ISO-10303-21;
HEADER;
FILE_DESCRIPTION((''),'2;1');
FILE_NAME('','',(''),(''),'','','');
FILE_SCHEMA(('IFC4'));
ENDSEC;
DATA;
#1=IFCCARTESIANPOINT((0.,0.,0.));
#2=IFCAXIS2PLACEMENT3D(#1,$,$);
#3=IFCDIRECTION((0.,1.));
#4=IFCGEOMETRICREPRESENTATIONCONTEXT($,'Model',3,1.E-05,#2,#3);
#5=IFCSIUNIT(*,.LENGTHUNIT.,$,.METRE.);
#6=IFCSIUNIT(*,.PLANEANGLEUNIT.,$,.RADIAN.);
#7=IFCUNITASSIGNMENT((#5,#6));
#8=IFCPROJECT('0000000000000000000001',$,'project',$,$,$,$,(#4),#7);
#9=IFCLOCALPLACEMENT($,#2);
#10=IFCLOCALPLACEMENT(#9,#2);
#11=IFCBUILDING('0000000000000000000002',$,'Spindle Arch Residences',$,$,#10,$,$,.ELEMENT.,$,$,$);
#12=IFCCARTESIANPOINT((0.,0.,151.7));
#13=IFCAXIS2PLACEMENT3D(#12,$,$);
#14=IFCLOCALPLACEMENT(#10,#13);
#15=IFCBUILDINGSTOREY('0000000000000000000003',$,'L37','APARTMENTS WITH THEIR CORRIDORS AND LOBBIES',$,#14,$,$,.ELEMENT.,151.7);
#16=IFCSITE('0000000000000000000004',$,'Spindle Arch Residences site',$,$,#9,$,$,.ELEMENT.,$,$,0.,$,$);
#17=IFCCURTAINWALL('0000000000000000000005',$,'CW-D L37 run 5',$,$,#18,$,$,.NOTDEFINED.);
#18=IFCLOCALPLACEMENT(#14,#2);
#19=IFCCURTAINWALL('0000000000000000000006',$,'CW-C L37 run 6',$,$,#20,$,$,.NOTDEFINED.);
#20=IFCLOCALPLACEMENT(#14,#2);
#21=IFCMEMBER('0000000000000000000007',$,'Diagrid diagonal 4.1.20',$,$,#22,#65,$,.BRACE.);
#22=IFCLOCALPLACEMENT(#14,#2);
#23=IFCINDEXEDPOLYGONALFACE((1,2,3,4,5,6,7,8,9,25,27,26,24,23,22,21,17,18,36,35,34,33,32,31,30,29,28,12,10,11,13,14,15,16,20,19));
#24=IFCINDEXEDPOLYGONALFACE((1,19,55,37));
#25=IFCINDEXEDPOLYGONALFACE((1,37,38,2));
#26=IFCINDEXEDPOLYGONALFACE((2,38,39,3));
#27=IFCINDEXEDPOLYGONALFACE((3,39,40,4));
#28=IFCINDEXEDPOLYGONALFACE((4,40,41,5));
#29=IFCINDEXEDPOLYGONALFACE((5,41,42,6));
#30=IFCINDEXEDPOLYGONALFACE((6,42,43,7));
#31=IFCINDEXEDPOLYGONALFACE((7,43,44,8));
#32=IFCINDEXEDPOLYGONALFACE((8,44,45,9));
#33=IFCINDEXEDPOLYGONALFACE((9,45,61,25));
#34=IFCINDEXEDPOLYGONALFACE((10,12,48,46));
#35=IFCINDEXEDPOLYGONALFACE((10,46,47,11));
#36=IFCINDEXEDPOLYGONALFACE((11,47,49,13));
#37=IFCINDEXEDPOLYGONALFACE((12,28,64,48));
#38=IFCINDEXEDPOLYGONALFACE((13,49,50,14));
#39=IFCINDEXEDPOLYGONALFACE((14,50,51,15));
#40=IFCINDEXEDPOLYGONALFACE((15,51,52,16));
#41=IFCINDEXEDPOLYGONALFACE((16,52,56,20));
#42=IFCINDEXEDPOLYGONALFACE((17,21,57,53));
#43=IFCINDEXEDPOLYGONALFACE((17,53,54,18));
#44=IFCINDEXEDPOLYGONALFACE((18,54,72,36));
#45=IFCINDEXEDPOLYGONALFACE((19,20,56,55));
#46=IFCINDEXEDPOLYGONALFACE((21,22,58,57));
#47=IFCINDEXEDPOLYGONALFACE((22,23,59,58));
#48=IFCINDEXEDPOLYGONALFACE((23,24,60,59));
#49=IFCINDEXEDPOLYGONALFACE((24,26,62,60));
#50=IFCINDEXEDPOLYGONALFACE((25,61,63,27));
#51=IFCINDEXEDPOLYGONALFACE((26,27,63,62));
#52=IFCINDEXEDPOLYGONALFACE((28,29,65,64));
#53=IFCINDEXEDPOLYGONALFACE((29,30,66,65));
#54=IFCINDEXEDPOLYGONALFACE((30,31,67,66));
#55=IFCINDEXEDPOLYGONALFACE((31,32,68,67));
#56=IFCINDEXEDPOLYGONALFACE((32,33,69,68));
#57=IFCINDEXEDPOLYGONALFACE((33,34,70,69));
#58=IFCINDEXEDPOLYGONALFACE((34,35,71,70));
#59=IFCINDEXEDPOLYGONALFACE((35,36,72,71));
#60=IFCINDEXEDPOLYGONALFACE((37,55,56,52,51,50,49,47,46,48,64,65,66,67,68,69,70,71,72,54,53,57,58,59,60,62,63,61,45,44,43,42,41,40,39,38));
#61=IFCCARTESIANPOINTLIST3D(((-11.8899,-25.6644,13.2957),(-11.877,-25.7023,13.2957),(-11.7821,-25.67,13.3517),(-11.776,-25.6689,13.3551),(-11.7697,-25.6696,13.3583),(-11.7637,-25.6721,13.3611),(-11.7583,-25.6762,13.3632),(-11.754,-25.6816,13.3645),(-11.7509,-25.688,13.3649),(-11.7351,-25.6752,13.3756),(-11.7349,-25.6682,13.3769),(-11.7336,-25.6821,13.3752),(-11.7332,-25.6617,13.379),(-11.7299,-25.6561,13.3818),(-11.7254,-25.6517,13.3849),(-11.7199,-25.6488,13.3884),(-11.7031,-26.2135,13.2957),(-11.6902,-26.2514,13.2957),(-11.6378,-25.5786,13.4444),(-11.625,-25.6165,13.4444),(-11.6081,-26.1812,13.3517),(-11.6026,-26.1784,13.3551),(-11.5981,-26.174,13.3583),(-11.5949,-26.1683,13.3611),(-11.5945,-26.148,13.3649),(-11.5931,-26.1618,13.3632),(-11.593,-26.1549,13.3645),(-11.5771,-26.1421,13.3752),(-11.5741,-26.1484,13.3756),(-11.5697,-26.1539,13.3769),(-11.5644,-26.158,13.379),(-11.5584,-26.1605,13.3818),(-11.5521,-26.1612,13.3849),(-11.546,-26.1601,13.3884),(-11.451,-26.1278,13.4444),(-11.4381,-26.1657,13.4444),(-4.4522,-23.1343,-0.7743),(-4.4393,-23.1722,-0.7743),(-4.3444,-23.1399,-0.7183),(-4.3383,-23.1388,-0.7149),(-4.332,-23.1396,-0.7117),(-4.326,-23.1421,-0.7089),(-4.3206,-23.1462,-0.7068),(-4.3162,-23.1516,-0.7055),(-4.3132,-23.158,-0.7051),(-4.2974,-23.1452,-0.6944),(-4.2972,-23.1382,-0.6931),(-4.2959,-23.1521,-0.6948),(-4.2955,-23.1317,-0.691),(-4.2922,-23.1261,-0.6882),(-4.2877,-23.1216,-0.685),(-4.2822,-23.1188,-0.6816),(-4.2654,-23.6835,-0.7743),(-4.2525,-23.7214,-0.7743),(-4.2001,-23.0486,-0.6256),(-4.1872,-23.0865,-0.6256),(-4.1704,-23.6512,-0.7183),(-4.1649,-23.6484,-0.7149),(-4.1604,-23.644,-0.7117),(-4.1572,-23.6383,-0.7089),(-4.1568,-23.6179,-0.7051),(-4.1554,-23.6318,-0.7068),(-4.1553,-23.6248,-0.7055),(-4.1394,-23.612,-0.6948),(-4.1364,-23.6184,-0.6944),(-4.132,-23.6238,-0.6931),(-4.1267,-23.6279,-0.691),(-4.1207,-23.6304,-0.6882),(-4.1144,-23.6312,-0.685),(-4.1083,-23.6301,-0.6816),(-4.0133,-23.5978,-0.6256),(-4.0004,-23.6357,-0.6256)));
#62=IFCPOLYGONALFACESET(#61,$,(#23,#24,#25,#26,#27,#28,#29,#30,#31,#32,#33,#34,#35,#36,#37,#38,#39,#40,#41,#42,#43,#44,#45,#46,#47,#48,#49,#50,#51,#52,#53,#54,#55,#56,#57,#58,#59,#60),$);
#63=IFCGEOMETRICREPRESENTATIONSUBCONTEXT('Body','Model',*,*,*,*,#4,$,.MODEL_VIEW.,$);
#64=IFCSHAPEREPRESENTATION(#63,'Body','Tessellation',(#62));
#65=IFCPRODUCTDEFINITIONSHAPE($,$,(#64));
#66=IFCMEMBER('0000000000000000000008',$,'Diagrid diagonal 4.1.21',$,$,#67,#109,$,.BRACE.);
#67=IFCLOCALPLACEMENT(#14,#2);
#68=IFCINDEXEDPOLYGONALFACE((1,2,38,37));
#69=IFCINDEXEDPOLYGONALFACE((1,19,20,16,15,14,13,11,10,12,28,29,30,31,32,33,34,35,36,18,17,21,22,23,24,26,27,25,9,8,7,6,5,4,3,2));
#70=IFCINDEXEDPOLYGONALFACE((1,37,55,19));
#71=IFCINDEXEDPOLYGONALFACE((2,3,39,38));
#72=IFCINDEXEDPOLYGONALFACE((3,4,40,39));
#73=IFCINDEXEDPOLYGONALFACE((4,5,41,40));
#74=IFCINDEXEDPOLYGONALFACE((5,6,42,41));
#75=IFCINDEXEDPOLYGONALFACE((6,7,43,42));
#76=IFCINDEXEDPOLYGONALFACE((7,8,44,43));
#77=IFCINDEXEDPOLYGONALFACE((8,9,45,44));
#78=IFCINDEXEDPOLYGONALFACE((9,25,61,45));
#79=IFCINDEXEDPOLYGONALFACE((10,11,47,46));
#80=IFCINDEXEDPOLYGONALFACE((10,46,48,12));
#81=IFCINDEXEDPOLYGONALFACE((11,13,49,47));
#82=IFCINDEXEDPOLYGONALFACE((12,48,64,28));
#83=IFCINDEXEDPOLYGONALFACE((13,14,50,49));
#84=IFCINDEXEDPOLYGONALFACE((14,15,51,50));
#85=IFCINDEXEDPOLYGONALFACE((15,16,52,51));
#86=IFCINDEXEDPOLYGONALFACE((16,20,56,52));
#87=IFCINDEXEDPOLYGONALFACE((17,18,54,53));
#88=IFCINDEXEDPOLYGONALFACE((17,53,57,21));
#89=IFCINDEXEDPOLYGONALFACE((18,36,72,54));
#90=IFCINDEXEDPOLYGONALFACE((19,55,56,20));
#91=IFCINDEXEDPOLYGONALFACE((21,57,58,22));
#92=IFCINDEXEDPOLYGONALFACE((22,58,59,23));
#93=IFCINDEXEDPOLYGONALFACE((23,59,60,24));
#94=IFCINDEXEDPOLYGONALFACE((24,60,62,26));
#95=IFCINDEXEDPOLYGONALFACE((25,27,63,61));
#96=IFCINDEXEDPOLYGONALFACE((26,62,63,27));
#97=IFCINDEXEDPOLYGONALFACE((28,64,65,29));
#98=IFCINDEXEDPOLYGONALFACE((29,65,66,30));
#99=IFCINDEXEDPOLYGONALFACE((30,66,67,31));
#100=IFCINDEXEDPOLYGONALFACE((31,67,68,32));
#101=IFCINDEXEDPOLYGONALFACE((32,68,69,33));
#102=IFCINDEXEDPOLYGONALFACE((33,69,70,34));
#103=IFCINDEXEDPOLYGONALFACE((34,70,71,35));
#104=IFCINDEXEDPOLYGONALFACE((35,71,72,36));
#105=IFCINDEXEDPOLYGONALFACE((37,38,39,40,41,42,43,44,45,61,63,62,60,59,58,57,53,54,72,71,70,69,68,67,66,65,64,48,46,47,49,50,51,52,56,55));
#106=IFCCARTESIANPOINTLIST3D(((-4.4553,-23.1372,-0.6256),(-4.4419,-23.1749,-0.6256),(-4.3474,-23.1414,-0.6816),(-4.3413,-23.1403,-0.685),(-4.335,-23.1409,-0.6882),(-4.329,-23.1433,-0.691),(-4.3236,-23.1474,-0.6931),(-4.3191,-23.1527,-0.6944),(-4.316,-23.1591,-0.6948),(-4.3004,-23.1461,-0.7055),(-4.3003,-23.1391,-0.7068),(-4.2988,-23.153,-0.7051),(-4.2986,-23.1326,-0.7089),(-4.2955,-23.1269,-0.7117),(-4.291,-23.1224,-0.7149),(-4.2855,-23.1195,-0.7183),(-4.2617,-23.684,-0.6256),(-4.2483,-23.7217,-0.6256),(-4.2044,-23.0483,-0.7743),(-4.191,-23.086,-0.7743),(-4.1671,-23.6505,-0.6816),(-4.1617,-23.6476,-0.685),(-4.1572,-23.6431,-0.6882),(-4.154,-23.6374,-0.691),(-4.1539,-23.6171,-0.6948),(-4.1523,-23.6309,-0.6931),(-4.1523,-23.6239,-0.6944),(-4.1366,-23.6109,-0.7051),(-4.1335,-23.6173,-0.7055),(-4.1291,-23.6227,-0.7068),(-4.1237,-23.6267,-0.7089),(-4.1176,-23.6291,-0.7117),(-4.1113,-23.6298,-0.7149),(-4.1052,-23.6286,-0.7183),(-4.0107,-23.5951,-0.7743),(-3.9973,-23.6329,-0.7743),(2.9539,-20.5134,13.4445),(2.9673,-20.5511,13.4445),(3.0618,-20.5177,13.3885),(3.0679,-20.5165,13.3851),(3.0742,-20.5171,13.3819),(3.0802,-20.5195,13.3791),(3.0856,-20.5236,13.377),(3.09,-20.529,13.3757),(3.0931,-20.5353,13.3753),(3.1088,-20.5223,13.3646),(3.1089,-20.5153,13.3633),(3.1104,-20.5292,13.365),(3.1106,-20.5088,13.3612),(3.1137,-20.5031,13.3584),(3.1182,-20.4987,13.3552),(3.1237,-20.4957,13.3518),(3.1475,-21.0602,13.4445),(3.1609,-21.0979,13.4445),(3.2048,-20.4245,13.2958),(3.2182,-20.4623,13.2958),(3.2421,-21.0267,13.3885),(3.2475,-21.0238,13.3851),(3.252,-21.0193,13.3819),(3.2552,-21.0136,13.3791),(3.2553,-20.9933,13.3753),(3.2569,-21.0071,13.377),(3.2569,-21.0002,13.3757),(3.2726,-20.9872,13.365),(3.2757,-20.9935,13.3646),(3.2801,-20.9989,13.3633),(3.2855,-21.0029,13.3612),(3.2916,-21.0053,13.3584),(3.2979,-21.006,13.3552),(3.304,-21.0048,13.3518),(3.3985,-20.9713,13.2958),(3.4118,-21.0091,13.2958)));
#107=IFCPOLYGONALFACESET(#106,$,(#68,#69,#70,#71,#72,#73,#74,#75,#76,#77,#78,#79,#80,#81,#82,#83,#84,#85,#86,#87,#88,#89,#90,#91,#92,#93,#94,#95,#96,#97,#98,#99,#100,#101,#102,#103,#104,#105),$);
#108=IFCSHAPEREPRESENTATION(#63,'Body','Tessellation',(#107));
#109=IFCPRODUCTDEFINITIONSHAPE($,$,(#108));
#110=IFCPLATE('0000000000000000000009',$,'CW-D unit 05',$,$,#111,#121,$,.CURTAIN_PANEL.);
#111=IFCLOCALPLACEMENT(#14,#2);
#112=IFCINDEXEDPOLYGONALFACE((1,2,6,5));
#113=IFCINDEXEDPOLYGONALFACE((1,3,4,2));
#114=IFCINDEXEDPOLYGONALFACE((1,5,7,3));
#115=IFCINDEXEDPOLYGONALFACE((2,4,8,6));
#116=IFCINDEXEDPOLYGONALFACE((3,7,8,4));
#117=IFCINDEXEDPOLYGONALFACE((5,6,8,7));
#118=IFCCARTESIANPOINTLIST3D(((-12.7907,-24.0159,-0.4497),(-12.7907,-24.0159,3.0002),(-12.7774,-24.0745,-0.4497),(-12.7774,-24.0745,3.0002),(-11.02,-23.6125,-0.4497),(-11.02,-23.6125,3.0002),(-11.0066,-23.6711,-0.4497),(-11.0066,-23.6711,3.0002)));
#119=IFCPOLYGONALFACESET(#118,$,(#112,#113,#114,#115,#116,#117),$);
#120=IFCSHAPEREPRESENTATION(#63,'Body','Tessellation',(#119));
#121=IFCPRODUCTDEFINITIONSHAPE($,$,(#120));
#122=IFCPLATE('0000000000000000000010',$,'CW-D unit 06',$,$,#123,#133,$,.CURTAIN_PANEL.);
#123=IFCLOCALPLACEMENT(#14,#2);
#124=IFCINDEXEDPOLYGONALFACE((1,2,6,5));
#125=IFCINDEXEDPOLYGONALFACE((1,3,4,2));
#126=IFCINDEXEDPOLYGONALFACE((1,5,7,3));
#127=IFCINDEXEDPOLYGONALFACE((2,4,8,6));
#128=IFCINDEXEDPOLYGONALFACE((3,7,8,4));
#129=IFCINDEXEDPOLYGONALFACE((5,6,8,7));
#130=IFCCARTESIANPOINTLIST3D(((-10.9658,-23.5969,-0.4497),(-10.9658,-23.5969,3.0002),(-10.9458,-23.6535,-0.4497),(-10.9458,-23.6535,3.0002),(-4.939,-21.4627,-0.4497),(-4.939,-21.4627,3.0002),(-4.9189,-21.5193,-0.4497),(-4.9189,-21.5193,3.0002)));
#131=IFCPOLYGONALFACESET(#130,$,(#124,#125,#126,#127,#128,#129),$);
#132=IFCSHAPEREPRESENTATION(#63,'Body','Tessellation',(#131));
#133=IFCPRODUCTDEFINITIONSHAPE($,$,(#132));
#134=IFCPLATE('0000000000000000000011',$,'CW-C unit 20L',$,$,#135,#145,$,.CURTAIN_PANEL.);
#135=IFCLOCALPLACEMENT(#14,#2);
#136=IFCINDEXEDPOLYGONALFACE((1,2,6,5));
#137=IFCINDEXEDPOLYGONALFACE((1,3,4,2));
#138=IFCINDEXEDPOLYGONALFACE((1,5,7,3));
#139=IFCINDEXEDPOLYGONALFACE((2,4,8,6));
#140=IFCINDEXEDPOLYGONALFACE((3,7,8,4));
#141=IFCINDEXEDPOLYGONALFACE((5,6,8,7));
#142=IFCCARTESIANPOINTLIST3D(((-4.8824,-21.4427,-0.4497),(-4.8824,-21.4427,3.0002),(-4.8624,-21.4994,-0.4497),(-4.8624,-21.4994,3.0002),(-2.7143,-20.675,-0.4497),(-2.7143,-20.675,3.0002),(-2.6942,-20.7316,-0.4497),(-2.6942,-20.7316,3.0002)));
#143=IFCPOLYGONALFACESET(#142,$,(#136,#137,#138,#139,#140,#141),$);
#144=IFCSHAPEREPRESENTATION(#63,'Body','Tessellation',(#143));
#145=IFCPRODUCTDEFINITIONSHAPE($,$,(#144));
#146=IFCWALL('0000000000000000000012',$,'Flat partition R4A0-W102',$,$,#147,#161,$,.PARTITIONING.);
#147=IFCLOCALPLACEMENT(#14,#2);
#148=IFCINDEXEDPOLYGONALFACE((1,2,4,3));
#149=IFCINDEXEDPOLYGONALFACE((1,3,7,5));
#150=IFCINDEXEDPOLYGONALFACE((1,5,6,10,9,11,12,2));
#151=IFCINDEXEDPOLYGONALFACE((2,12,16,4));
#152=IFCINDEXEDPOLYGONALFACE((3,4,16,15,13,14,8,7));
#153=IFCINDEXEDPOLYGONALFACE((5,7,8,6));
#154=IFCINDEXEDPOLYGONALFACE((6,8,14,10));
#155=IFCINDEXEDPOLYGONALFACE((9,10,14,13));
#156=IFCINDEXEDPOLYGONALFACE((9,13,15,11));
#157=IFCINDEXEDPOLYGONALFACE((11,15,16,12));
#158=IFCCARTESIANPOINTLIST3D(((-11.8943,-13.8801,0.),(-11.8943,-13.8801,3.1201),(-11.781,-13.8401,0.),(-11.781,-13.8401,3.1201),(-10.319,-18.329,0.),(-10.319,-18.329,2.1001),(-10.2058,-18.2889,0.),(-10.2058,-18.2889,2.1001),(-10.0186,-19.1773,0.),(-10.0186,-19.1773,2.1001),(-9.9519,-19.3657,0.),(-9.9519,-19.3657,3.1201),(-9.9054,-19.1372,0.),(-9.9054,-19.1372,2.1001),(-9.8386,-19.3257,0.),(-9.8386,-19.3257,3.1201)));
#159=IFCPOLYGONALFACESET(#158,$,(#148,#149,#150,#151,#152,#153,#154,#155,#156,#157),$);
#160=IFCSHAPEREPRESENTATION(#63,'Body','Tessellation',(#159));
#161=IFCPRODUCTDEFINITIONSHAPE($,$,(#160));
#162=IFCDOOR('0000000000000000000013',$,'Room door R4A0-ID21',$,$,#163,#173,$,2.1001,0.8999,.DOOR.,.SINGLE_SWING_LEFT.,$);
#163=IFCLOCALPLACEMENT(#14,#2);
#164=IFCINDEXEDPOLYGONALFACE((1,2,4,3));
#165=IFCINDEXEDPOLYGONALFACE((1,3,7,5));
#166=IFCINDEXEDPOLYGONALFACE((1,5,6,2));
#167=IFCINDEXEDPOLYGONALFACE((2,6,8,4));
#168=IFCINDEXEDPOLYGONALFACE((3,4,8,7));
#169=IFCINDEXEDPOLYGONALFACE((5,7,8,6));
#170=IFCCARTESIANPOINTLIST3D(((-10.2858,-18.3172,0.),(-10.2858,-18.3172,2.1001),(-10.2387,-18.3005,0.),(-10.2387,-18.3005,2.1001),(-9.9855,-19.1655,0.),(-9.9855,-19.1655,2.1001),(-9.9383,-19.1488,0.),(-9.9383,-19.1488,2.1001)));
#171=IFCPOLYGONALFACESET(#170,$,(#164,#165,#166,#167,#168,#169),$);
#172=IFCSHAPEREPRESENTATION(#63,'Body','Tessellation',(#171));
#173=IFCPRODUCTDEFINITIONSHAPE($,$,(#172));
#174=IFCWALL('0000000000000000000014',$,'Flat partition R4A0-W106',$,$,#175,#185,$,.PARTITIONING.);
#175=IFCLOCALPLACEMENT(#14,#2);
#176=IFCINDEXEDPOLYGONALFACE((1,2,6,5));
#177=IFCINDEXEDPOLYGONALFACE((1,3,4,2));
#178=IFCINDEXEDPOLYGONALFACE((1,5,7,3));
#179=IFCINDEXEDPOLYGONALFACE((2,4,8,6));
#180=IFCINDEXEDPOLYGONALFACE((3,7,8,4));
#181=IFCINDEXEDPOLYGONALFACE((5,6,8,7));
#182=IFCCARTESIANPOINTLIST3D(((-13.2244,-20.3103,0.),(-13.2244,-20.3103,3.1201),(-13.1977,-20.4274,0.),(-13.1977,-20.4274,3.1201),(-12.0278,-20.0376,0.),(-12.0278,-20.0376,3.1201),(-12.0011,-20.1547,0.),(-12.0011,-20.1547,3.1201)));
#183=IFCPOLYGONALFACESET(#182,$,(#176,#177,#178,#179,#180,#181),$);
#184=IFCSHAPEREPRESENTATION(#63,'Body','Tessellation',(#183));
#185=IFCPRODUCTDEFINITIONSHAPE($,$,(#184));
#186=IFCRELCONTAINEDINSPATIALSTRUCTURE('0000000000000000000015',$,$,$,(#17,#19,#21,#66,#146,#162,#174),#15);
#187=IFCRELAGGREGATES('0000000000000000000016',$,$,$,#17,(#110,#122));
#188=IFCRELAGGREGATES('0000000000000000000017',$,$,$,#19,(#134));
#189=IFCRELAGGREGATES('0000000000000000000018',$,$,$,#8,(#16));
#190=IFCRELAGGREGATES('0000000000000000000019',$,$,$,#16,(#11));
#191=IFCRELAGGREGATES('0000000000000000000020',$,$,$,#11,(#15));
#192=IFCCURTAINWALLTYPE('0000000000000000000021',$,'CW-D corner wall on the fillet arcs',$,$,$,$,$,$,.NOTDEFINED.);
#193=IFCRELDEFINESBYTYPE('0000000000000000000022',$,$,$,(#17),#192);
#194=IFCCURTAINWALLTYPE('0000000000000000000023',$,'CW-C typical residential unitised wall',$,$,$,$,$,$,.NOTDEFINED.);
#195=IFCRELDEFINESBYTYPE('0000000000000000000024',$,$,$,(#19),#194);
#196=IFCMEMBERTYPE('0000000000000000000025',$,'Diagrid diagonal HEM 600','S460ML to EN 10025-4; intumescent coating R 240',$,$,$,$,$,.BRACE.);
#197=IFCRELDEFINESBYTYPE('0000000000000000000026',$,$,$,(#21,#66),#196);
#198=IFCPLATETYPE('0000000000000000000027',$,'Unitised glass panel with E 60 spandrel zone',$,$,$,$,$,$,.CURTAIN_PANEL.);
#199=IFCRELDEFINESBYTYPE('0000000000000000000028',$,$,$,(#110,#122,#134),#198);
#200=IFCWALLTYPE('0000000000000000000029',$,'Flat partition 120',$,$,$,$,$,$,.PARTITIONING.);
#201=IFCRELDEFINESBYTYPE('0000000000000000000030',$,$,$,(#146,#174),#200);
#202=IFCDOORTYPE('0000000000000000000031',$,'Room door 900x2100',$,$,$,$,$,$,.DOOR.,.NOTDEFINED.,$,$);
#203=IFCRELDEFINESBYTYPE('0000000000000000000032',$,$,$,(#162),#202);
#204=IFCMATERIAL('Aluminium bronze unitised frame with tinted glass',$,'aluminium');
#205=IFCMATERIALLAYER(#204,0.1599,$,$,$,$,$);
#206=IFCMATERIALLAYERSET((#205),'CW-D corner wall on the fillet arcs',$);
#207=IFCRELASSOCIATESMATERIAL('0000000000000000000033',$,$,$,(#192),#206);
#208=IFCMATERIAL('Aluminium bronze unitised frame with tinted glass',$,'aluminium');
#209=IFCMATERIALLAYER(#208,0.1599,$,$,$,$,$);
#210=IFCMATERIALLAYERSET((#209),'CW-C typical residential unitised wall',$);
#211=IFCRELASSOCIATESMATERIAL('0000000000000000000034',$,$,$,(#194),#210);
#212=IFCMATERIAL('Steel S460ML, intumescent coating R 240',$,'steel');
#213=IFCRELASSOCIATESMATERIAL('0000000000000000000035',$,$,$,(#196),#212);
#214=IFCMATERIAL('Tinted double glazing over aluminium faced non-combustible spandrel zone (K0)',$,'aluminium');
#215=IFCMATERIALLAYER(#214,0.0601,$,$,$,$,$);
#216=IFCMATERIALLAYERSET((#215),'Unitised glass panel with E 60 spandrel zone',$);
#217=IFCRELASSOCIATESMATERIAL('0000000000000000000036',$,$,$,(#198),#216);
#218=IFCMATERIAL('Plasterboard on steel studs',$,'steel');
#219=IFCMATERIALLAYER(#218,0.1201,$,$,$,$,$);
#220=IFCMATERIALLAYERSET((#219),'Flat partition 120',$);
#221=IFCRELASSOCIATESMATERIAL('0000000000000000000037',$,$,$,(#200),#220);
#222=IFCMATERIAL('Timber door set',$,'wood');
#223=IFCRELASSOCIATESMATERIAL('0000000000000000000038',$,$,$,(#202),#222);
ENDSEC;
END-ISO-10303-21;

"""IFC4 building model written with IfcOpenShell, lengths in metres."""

from ifc_helpers import new_model, si_unit, direction, frame, frame_2d, origin, origin_2d, place, context, subcontext, project, spatial, rectangle, i_section, extrude, material, layer, layer_set, material_profile, profile_set, type_object, element, fill, aggregate, save


model = new_model("IFC4")

# Units and contexts
model_context = context("Model", 3, precision=1e-05, world=origin(), true_north=direction((0.0, 1.0)))
body_context = subcontext(model_context, "Body", "Model", "MODEL_VIEW")
ifc_project = project(units=[si_unit("LENGTHUNIT", "METRE"), si_unit("PLANEANGLEUNIT", "RADIAN")], contexts=[model_context])

# Site, building, storey
site_placement = place(None, origin())
site = spatial("IfcSite", under=ifc_project, at=site_placement, Name="Spindle Arch Residences site", CompositionType="ELEMENT", RefElevation=0.0)
building_placement = place(site_placement, origin())
building = spatial("IfcBuilding", under=site, at=building_placement, Name="Spindle Arch Residences", CompositionType="ELEMENT")
storey_placement = place(building_placement, frame((0.0, 0.0, 151.7)))
storey = spatial("IfcBuildingStorey", under=building, at=storey_placement, Name="L37", Description="APARTMENTS WITH THEIR CORRIDORS AND LOBBIES", CompositionType="ELEMENT", Elevation=151.7)

# Curtain wall
ifc_material_1 = material(Name="Aluminium bronze unitised frame with tinted glass", Category="aluminium")
ifc_layer_1 = layer(ifc_material_1, 0.1599)
ifc_layer_set_1 = layer_set([ifc_layer_1], Name="CW-D corner wall on the fillet arcs")
curtain_wall_type_1 = type_object("IfcCurtainWallType", Name="CW-D corner wall on the fillet arcs", PredefinedType="NOTDEFINED", material=ifc_layer_set_1)
curtain_wall_1_placement = place(storey_placement, origin())
curtain_wall_1 = element("IfcCurtainWall", 1, at=curtain_wall_1_placement, inside=storey, type_object=curtain_wall_type_1, Name="CW-D L37 run 5", PredefinedType="NOTDEFINED")

# Curtain wall
ifc_material_2 = material(Name="Aluminium bronze unitised frame with tinted glass", Category="aluminium")
ifc_layer_2 = layer(ifc_material_2, 0.1599)
ifc_layer_set_2 = layer_set([ifc_layer_2], Name="CW-C typical residential unitised wall")
curtain_wall_type_2 = type_object("IfcCurtainWallType", Name="CW-C typical residential unitised wall", PredefinedType="NOTDEFINED", material=ifc_layer_set_2)
curtain_wall_2_placement = place(storey_placement, origin())
curtain_wall_2 = element("IfcCurtainWall", 2, at=curtain_wall_2_placement, inside=storey, type_object=curtain_wall_type_2, Name="CW-C L37 run 6", PredefinedType="NOTDEFINED")

# Members
ifc_material_3 = material(Name="Steel S460ML, intumescent coating R 240", Category="steel")
ifc_material_profile_1 = material_profile(ifc_material_3, i_section(OverallWidth=0.3049, OverallDepth=0.6201, WebThickness=0.021, FlangeThickness=0.04, FilletRadius=0.0271, at=origin_2d()), Name="HEM 600")
ifc_profile_set_1 = profile_set([ifc_material_profile_1], Name="Steel S460ML, intumescent coating R 240")
member_type_1 = type_object("IfcMemberType", Name="Diagrid diagonal HEM 600", Description="S460ML to EN 10025-4; intumescent coating R 240", PredefinedType="BRACE", material=ifc_profile_set_1)
member_1_placement = place(storey_placement, frame((-4.2263, -23.385, -0.7), z_axis=(-0.461546, -0.157, 0.873113), x_axis=(0.826599, 0.281177, 0.487518)))
element("IfcMember", 3, at=member_1_placement, inside=storey, type_object=member_type_1, Name="Diagrid diagonal 4.1.20", PredefinedType="BRACE", context=body_context, shape_type="SweptSolid", body=[
    extrude(i_section(OverallWidth=0.3049, OverallDepth=0.6201, WebThickness=0.021, FlangeThickness=0.04, FilletRadius=0.0271, at=origin_2d()), origin(), (0.0, 0.0, 1.0), 16.1147),
])
member_2_placement = place(storey_placement, frame((-4.2263, -23.385, -0.7), z_axis=(0.459722, 0.162799, 0.873013), x_axis=(-0.822937, -0.291423, 0.487696)))
element("IfcMember", 4, at=member_2_placement, inside=storey, type_object=member_type_1, Name="Diagrid diagonal 4.1.21", PredefinedType="BRACE", context=body_context, shape_type="SweptSolid", body=[
    extrude(i_section(OverallWidth=0.3049, OverallDepth=0.6201, WebThickness=0.021, FlangeThickness=0.04, FilletRadius=0.0271, at=origin_2d()), origin(), (0.0, 0.0, 1.0), 16.1167),
])

# Plates
ifc_material_4 = material(Name="Tinted double glazing over aluminium faced non-combustible spandrel zone (K0)", Category="aluminium")
ifc_layer_3 = layer(ifc_material_4, 0.0601)
ifc_layer_set_3 = layer_set([ifc_layer_3], Name="Unitised glass panel with E 60 spandrel zone")
plate_type = type_object("IfcPlateType", Name="Unitised glass panel with E 60 spandrel zone", PredefinedType="CURTAIN_PANEL", material=ifc_layer_set_3)
plate_1_placement = place(storey_placement, frame((-11.8987, -23.8435, -0.4497), z_axis=(0.0, 0.0, 1.0), x_axis=(0.97502, 0.222116, 0.0)))
plate_1 = element("IfcPlate", 5, at=plate_1_placement, type_object=plate_type, Name="CW-D unit 05", PredefinedType="CURTAIN_PANEL", context=body_context, shape_type="SweptSolid", body=[
    extrude(rectangle(XDim=1.8162, YDim=0.0601, at=origin_2d()), origin(), (0.0, 0.0, 1.0), 3.45),
])
plate_2_placement = place(storey_placement, frame((-7.9424, -22.5581, -0.4497), z_axis=(0.0, 0.0, 1.0), x_axis=(0.942641, 0.333807, 0.0)))
plate_2 = element("IfcPlate", 6, at=plate_2_placement, type_object=plate_type, Name="CW-D unit 06", PredefinedType="CURTAIN_PANEL", context=body_context, shape_type="SweptSolid", body=[
    extrude(rectangle(XDim=6.3936, YDim=0.0601, at=origin_2d()), origin(), (0.0, 0.0, 1.0), 3.45),
])
aggregate(curtain_wall_1, [plate_1, plate_2])
plate_3_placement = place(storey_placement, frame((-3.7883, -21.0872, -0.4497), z_axis=(0.0, 0.0, 1.0), x_axis=(0.942641, 0.333807, 0.0)))
plate_3 = element("IfcPlate", 7, at=plate_3_placement, type_object=plate_type, Name="CW-C unit 20L", PredefinedType="CURTAIN_PANEL", context=body_context, shape_type="SweptSolid", body=[
    extrude(rectangle(XDim=2.3, YDim=0.0601, at=origin_2d()), origin(), (0.0, 0.0, 1.0), 3.45),
])
aggregate(curtain_wall_2, [plate_3])

# Wall, opening, door
ifc_material_5 = material(Name="Plasterboard on steel studs", Category="steel")
ifc_layer_4 = layer(ifc_material_5, 0.1201)
ifc_layer_set_4 = layer_set([ifc_layer_4], Name="Flat partition 120")
wall_type_1 = type_object("IfcWallType", Name="Flat partition 120", PredefinedType="PARTITIONING", material=ifc_layer_set_4)
wall_1_placement = place(storey_placement, frame((-9.8953, -19.3457, 0.0), z_axis=(0.0, 0.0, 1.0), x_axis=(-0.333781, 0.942651, 0.0)))
wall_1 = element("IfcWall", 8, at=wall_1_placement, inside=storey, type_object=wall_type_1, Name="Flat partition R4A0-W102", PredefinedType="PARTITIONING", context=body_context, shape_type="SweptSolid", body=[
    extrude(rectangle(XDim=5.8193, YDim=0.1201, at=frame_2d((2.9097, 0.0))), origin(), (0.0, 0.0, 1.0), 3.1201),
])
opening_1_placement = place(wall_1_placement, frame((0.2, 0.0, 0.0)))
opening_1 = element("IfcOpeningElement", 9, at=opening_1_placement, cuts=wall_1, PredefinedType="OPENING", context=body_context, shape_type="SweptSolid", body=[
    extrude(rectangle(XDim=0.8999, YDim=2.1001, at=frame_2d((0.45, 1.05))), frame((0.0, 0.0701, 0.0), z_axis=(0.0, -1.0, 0.0), x_axis=(1.0, 0.0, 0.0)), (0.0, 0.0, 1.0), 0.1401),
])
ifc_material_6 = material(Name="Timber door set", Category="wood")
door_type_1 = type_object("IfcDoorType", Name="Room door 900x2100", OperationType="NOTDEFINED", PredefinedType="DOOR", material=ifc_material_6)
door_1_placement = place(opening_1_placement, origin())
door_1 = element("IfcDoor", 10, at=door_1_placement, inside=storey, type_object=door_type_1, Name="Room door R4A0-ID21", OperationType="SINGLE_SWING_LEFT", OverallHeight=2.1001, OverallWidth=0.8999, PredefinedType="DOOR", context=body_context, shape_type="SweptSolid", body=[
    extrude(rectangle(XDim=0.8999, YDim=2.1001, at=frame_2d((0.45, 1.05))), frame((0.0, 0.0249, 0.0), z_axis=(0.0, -1.0, 0.0), x_axis=(1.0, 0.0, 0.0)), (0.0, 0.0, 1.0), 0.05),
])
fill(opening_1, door_1)

# Wall
wall_2_placement = place(storey_placement, frame((-13.2112, -20.3689, 0.0), z_axis=(0.0, 0.0, 1.0), x_axis=(0.974998, 0.222214, 0.0)))
element("IfcWall", 11, at=wall_2_placement, inside=storey, type_object=wall_type_1, Name="Flat partition R4A0-W106", PredefinedType="PARTITIONING", context=body_context, shape_type="SweptSolid", body=[
    extrude(rectangle(XDim=1.2273, YDim=0.1201, at=frame_2d((0.6138, 0.0))), origin(), (0.0, 0.0, 1.0), 3.1201),
])

save(model, "model.ifc")
